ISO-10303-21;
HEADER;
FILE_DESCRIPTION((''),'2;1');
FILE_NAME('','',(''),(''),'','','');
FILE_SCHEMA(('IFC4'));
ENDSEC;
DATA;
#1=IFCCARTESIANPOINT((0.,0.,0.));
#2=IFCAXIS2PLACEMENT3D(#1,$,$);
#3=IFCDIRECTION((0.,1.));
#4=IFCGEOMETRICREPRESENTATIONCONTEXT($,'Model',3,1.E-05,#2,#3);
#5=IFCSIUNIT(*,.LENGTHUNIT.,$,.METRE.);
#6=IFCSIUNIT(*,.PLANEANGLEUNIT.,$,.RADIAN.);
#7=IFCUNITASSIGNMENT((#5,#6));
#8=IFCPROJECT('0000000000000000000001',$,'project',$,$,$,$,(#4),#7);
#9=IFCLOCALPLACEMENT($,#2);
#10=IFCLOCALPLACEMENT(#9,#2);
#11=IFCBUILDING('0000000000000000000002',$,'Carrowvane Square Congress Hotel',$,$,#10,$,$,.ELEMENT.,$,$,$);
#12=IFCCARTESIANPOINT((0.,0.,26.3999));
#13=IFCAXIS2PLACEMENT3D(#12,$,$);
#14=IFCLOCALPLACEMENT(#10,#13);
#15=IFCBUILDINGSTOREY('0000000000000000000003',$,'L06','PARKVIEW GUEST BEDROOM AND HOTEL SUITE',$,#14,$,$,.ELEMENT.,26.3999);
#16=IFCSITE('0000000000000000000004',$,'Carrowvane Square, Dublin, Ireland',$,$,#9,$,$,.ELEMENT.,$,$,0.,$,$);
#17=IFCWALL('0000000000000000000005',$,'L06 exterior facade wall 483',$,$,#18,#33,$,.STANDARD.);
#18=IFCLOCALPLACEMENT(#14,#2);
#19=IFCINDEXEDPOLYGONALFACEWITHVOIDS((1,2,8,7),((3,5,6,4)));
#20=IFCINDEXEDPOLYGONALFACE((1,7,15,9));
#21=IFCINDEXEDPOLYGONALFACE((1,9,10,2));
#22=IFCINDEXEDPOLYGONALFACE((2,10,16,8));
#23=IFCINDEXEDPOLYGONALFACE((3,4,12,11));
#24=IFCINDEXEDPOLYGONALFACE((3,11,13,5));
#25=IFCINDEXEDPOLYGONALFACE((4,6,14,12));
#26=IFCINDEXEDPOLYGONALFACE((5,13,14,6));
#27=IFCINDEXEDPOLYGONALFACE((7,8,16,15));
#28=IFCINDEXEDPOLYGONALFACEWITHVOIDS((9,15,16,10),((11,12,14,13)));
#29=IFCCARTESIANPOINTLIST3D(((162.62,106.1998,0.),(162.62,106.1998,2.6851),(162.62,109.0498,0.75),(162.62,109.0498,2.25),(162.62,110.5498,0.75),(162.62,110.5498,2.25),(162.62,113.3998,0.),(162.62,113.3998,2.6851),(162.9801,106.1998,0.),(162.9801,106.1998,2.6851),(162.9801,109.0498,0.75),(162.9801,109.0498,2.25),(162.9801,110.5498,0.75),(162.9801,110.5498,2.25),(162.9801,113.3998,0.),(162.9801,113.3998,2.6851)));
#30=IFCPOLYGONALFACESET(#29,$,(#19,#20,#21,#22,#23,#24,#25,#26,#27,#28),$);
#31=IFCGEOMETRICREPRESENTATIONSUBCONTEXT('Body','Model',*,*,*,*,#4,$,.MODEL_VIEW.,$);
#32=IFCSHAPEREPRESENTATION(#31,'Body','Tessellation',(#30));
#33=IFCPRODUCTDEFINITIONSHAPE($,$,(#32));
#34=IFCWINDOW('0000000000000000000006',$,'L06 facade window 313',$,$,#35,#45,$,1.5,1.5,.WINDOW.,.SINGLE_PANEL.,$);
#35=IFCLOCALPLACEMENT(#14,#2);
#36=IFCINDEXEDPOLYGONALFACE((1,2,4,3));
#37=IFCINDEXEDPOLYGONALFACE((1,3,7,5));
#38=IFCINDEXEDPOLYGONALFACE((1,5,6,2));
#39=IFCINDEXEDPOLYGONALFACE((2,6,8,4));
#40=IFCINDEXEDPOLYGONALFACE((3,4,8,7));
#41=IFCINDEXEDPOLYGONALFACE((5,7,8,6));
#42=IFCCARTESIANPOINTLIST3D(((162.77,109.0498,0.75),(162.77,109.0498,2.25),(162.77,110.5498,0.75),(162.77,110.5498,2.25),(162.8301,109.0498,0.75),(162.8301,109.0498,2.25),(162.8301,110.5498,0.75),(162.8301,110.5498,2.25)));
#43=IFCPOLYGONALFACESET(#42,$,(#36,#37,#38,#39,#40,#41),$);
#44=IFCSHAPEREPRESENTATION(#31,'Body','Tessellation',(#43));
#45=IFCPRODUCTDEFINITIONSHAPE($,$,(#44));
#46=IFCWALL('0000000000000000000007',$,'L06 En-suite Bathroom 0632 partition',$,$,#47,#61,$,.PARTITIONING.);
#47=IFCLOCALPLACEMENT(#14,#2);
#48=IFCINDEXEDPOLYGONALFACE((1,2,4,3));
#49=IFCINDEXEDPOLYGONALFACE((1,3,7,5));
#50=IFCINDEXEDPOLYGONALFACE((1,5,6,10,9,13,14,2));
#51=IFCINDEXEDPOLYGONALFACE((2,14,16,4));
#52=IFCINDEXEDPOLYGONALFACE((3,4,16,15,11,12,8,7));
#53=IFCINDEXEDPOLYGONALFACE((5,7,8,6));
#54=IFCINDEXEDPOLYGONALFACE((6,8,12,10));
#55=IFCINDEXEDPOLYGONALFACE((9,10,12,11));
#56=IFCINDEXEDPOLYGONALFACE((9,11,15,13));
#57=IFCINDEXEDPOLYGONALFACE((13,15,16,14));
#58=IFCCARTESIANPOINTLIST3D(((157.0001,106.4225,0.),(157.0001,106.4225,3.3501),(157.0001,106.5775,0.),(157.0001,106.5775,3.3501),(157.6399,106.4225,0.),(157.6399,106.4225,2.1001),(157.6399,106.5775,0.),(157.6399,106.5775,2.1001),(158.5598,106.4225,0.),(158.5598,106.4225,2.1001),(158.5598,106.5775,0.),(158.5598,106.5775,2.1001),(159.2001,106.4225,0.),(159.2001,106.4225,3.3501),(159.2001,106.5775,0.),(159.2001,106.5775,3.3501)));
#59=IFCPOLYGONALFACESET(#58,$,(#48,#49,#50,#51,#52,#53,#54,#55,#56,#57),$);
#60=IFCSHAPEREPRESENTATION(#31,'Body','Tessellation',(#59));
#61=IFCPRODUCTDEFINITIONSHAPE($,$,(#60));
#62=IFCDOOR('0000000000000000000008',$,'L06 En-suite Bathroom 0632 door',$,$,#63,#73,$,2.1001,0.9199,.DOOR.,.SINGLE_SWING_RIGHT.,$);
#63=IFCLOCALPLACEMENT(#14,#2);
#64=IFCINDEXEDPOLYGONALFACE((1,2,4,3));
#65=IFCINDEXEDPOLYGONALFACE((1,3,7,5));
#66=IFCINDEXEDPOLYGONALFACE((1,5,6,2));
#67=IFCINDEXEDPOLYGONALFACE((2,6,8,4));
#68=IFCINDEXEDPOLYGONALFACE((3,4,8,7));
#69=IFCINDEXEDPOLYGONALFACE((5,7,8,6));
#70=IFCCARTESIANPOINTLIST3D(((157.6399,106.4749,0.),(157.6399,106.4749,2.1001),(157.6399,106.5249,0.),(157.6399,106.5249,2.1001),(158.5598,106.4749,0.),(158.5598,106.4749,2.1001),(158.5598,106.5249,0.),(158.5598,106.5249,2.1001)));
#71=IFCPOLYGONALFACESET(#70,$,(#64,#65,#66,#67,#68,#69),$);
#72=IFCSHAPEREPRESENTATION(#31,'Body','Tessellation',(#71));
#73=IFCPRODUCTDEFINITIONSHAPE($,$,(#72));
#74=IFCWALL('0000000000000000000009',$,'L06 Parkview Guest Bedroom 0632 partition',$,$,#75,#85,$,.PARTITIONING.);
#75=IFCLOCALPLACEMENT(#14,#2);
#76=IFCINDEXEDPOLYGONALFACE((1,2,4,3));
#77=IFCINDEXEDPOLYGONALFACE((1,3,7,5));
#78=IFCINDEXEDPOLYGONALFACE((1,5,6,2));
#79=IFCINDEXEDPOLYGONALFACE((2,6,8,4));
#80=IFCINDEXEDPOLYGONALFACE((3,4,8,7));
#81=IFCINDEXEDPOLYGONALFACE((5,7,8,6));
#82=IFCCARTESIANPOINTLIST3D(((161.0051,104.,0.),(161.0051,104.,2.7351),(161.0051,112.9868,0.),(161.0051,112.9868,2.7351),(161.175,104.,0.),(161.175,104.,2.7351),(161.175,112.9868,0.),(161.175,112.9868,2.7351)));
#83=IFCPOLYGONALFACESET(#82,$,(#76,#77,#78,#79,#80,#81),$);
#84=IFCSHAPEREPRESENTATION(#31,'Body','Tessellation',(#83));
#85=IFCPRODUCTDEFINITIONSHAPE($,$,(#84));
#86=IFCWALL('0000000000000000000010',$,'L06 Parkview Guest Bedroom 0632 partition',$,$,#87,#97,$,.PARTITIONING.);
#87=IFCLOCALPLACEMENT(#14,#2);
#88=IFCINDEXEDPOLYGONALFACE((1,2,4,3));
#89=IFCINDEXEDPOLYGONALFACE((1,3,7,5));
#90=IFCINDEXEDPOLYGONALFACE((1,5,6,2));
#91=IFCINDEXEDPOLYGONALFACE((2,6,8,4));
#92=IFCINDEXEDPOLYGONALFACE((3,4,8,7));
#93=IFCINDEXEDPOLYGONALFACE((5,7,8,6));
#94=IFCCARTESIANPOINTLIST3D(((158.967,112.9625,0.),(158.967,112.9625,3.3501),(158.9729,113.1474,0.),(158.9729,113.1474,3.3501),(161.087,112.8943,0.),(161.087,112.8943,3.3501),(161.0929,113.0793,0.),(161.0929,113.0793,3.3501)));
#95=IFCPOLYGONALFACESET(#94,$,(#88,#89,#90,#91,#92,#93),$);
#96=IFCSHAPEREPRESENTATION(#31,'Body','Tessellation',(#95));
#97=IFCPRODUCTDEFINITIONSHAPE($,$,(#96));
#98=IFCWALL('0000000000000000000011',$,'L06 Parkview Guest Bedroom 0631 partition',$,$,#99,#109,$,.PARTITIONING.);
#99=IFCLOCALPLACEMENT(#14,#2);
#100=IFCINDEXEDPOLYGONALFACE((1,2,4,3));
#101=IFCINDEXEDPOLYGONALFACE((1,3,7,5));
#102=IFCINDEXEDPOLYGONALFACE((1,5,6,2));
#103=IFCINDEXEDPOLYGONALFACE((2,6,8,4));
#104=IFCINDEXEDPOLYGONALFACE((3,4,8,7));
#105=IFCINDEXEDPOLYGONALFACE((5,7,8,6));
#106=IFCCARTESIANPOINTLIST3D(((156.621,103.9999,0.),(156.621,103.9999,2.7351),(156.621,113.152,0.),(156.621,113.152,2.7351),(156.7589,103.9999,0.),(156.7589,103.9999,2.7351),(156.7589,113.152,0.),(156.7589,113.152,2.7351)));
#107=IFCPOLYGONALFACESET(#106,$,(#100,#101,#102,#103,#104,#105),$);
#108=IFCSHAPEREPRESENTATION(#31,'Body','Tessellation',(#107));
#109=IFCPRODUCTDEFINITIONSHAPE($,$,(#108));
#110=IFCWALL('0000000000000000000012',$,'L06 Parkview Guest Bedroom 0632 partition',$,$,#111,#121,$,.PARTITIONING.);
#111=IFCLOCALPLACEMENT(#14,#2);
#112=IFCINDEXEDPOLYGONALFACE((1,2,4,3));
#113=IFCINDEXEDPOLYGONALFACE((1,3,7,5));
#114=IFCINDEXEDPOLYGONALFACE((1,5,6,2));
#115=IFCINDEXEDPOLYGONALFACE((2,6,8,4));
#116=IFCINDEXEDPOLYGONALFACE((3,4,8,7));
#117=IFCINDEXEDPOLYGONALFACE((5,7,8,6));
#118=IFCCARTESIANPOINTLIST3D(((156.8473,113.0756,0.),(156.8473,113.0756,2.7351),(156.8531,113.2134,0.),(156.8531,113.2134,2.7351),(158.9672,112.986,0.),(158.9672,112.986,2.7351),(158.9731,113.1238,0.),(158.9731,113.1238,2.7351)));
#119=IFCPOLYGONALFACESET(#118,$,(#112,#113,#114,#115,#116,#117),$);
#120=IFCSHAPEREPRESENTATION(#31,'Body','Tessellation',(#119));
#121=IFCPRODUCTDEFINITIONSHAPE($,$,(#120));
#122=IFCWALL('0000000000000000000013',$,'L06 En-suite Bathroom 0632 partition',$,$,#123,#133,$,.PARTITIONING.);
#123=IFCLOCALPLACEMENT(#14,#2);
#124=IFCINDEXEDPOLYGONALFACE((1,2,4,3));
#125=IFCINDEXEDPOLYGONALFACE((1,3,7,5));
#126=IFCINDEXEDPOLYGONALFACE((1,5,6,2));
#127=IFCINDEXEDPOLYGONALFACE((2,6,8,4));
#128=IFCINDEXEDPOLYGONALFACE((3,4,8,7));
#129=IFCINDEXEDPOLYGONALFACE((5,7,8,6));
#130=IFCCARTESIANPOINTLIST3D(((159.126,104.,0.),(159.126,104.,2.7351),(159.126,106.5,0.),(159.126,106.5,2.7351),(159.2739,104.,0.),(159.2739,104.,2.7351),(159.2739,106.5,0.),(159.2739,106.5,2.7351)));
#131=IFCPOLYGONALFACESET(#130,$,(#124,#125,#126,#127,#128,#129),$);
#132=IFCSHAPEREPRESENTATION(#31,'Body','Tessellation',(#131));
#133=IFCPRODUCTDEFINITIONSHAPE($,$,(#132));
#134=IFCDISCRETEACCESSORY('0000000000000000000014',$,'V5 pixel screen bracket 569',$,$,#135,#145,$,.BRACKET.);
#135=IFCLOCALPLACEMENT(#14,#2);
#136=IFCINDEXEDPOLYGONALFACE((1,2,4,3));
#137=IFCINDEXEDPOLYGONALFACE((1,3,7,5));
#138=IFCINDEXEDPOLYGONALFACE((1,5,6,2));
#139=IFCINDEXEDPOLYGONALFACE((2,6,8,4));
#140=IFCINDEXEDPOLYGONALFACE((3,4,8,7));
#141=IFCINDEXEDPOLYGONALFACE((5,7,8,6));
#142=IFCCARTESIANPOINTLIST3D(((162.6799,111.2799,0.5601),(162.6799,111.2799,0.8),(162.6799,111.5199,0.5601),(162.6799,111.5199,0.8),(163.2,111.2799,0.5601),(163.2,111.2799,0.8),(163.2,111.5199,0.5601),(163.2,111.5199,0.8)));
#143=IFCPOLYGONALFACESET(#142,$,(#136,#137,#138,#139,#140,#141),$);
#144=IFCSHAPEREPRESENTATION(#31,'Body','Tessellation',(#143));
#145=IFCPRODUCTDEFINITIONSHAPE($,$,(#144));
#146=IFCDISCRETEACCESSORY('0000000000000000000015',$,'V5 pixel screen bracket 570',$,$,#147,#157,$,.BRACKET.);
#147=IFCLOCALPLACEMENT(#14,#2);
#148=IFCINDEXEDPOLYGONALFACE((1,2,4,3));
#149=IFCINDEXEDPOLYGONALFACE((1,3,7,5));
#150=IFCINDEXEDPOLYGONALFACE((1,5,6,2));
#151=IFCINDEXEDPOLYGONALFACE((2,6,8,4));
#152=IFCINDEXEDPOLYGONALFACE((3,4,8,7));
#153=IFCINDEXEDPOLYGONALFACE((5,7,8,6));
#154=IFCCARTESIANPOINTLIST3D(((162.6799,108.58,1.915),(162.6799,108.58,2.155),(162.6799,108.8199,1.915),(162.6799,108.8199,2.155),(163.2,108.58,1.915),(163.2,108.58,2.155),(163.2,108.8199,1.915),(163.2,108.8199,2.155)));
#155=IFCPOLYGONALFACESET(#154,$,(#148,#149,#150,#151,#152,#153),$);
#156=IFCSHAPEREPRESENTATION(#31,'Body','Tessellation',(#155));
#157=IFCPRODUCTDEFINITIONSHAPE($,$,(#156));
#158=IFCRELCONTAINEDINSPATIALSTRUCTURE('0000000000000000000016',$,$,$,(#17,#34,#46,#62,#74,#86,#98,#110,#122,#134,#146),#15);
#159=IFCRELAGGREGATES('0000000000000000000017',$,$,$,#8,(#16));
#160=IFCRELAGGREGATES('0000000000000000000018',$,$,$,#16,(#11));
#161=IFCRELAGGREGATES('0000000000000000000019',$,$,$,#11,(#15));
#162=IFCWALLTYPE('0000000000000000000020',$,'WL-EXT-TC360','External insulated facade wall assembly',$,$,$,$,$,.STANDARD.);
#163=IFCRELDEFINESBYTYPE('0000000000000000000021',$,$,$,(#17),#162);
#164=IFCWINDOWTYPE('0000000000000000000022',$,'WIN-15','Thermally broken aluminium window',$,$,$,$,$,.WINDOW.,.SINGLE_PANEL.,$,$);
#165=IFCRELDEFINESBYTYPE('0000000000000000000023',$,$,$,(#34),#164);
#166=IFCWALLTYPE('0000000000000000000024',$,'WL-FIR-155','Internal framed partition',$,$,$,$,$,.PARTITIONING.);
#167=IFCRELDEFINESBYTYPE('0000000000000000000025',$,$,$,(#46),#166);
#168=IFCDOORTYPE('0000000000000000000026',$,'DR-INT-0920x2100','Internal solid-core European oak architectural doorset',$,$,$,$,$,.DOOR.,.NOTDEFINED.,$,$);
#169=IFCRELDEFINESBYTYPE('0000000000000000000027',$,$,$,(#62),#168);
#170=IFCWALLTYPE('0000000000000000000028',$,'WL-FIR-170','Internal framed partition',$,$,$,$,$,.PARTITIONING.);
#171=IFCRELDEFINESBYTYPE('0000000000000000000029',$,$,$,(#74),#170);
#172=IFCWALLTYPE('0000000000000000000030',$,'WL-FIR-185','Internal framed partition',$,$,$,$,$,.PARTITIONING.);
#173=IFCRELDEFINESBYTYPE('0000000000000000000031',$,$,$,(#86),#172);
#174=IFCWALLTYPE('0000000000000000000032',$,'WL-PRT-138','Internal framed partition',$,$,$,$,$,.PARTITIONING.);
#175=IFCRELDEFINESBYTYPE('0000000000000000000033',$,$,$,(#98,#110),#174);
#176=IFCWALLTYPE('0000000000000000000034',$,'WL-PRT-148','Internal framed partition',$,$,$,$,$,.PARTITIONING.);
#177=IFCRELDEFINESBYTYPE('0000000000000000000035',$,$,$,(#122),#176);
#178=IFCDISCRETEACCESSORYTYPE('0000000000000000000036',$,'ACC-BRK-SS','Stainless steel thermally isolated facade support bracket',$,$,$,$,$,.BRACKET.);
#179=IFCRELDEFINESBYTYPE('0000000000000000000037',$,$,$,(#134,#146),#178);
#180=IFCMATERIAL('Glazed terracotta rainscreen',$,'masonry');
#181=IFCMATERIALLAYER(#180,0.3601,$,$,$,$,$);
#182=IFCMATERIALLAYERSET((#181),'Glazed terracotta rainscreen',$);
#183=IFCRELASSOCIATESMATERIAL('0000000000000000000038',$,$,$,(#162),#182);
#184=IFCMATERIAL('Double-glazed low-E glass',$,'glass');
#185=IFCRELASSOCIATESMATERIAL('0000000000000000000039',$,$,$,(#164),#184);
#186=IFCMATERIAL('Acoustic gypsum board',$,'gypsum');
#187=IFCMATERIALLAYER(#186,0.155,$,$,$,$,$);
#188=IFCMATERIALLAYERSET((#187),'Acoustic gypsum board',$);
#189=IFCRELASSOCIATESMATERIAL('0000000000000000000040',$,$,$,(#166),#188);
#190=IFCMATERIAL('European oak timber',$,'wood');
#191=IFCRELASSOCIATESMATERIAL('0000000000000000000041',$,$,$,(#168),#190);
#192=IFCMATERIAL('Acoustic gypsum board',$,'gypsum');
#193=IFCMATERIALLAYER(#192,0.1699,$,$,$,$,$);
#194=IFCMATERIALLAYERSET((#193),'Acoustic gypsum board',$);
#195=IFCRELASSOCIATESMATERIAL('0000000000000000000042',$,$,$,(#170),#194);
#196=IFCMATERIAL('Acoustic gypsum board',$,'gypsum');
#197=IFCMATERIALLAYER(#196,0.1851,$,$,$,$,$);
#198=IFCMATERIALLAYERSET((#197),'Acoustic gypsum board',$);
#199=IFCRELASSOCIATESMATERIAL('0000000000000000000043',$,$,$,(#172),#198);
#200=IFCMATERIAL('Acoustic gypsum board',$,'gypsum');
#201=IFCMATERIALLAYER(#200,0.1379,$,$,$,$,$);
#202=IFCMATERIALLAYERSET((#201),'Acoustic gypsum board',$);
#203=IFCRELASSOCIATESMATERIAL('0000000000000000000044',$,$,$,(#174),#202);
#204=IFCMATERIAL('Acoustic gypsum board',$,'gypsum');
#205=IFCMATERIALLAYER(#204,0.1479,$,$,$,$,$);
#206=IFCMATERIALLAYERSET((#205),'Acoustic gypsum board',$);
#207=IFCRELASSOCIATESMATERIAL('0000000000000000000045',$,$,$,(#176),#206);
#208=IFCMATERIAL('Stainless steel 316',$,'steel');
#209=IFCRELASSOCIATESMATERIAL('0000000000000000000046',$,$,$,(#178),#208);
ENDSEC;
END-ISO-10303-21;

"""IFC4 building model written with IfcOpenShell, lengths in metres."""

from ifc_helpers import new_model, si_unit, direction, frame, frame_2d, origin, origin_2d, place, context, subcontext, project, spatial, rectangle, extrude, material, layer, layer_set, type_object, element, fill, save


model = new_model("IFC4")

# Units and contexts
model_context = context("Model", 3, precision=1e-05, world=origin(), true_north=direction((0.0, 1.0)))
body_context = subcontext(model_context, "Body", "Model", "MODEL_VIEW")
ifc_project = project(units=[si_unit("LENGTHUNIT", "METRE"), si_unit("PLANEANGLEUNIT", "RADIAN")], contexts=[model_context])

# Site, building, storey
site_placement = place(None, origin())
site = spatial("IfcSite", under=ifc_project, at=site_placement, Name="Carrowvane Square, Dublin, Ireland", CompositionType="ELEMENT", RefElevation=0.0)
building_placement = place(site_placement, origin())
building = spatial("IfcBuilding", under=site, at=building_placement, Name="Carrowvane Square Congress Hotel", CompositionType="ELEMENT")
storey_placement = place(building_placement, frame((0.0, 0.0, 26.3999)))
storey = spatial("IfcBuildingStorey", under=building, at=storey_placement, Name="L06", Description="PARKVIEW GUEST BEDROOM AND HOTEL SUITE", CompositionType="ELEMENT", Elevation=26.3999)

# Shared definitions
ifc_material_1 = material(Name="Glazed terracotta rainscreen", Category="masonry")
ifc_layer_1 = layer(ifc_material_1, 0.3601)
ifc_layer_set_1 = layer_set([ifc_layer_1], Name="Glazed terracotta rainscreen")
wall_type_1 = type_object("IfcWallType", Name="WL-EXT-TC360", Description="External insulated facade wall assembly", PredefinedType="STANDARD", material=ifc_layer_set_1)

# Wall, opening, window
wall_1_placement = place(storey_placement, frame((162.8, 113.3999, 0.0), z_axis=(0.0, 0.0, 1.0), x_axis=(0.0, -1.0, 0.0)))
wall_1 = element("IfcWall", 1, at=wall_1_placement, inside=storey, type_object=wall_type_1, Name="L06 exterior facade wall 483", PredefinedType="STANDARD", context=body_context, shape_type="SweptSolid", body=[
    extrude(rectangle(XDim=7.2, YDim=0.3601, at=frame_2d((3.6001, 0.0))), origin(), (0.0, 0.0, 1.0), 2.6851),
])
opening_1_placement = place(wall_1_placement, frame((2.8501, 0.0, 0.75)))
opening_1 = element("IfcOpeningElement", 2, at=opening_1_placement, cuts=wall_1, PredefinedType="OPENING", context=body_context, shape_type="SweptSolid", body=[
    extrude(rectangle(XDim=1.5, YDim=1.5, at=frame_2d((0.75, 0.75))), frame((0.0, 0.1899, 0.0), z_axis=(0.0, -1.0, 0.0), x_axis=(1.0, 0.0, 0.0)), (0.0, 0.0, 1.0), 0.3801),
])
ifc_material_2 = material(Name="Double-glazed low-E glass", Category="glass")
window_type = type_object("IfcWindowType", Name="WIN-15", Description="Thermally broken aluminium window", PartitioningType="SINGLE_PANEL", PredefinedType="WINDOW", material=ifc_material_2)
window_placement = place(opening_1_placement, origin())
window = element("IfcWindow", 3, at=window_placement, inside=storey, type_object=window_type, Name="L06 facade window 313", OverallHeight=1.5, OverallWidth=1.5, PartitioningType="SINGLE_PANEL", PredefinedType="WINDOW", context=body_context, shape_type="SweptSolid", body=[
    extrude(rectangle(XDim=1.5, YDim=1.5, at=frame_2d((0.75, 0.75))), frame((0.0, 0.03, 0.0), z_axis=(0.0, -1.0, 0.0), x_axis=(1.0, 0.0, 0.0)), (0.0, 0.0, 1.0), 0.0601),
])
fill(opening_1, window)

# Wall, opening, door
ifc_material_3 = material(Name="Acoustic gypsum board", Category="gypsum")
ifc_layer_2 = layer(ifc_material_3, 0.155)
ifc_layer_set_2 = layer_set([ifc_layer_2], Name="Acoustic gypsum board")
wall_type_2 = type_object("IfcWallType", Name="WL-FIR-155", Description="Internal framed partition", PredefinedType="PARTITIONING", material=ifc_layer_set_2)
wall_2_placement = place(storey_placement, frame((157.0, 106.5, 0.0), z_axis=(0.0, 0.0, 1.0), x_axis=(1.0, 0.0, 0.0)))
wall_2 = element("IfcWall", 4, at=wall_2_placement, inside=storey, type_object=wall_type_2, Name="L06 En-suite Bathroom 0632 partition", PredefinedType="PARTITIONING", context=body_context, shape_type="SweptSolid", body=[
    extrude(rectangle(XDim=2.2, YDim=0.155, at=frame_2d((1.1001, 0.0))), origin(), (0.0, 0.0, 1.0), 3.3501),
])
opening_2_placement = place(wall_2_placement, frame((0.6399, 0.0, 0.0)))
opening_2 = element("IfcOpeningElement", 5, at=opening_2_placement, cuts=wall_2, PredefinedType="OPENING", context=body_context, shape_type="SweptSolid", body=[
    extrude(rectangle(XDim=0.9199, YDim=2.1001, at=frame_2d((0.46, 1.05))), frame((0.0, 0.0874, 0.0), z_axis=(0.0, -1.0, 0.0), x_axis=(1.0, 0.0, 0.0)), (0.0, 0.0, 1.0), 0.175),
])
ifc_material_4 = material(Name="European oak timber", Category="wood")
door_type = type_object("IfcDoorType", Name="DR-INT-0920x2100", Description="Internal solid-core European oak architectural doorset", OperationType="NOTDEFINED", PredefinedType="DOOR", material=ifc_material_4)
door_placement = place(opening_2_placement, origin())
door = element("IfcDoor", 6, at=door_placement, inside=storey, type_object=door_type, Name="L06 En-suite Bathroom 0632 door", OperationType="SINGLE_SWING_RIGHT", OverallHeight=2.1001, OverallWidth=0.9199, PredefinedType="DOOR", context=body_context, shape_type="SweptSolid", body=[
    extrude(rectangle(XDim=0.9199, YDim=2.1001, at=frame_2d((0.46, 1.05))), frame((0.0, 0.0249, 0.0), z_axis=(0.0, -1.0, 0.0), x_axis=(1.0, 0.0, 0.0)), (0.0, 0.0, 1.0), 0.05),
])
fill(opening_2, door)

# Walls
ifc_material_5 = material(Name="Acoustic gypsum board", Category="gypsum")
ifc_layer_3 = layer(ifc_material_5, 0.1699)
ifc_layer_set_3 = layer_set([ifc_layer_3], Name="Acoustic gypsum board")
wall_type_3 = type_object("IfcWallType", Name="WL-FIR-170", Description="Internal framed partition", PredefinedType="PARTITIONING", material=ifc_layer_set_3)
wall_3_placement = place(storey_placement, frame((161.0901, 112.9868, 0.0), z_axis=(0.0, 0.0, 1.0), x_axis=(0.0, -1.0, 0.0)))
element("IfcWall", 7, at=wall_3_placement, inside=storey, type_object=wall_type_3, Name="L06 Parkview Guest Bedroom 0632 partition", PredefinedType="PARTITIONING", context=body_context, shape_type="SweptSolid", body=[
    extrude(rectangle(XDim=8.9868, YDim=0.1699, at=frame_2d((4.4934, 0.0))), origin(), (0.0, 0.0, 1.0), 2.7351),
])
ifc_material_6 = material(Name="Acoustic gypsum board", Category="gypsum")
ifc_layer_4 = layer(ifc_material_6, 0.1851)
ifc_layer_set_4 = layer_set([ifc_layer_4], Name="Acoustic gypsum board")
wall_type_4 = type_object("IfcWallType", Name="WL-FIR-185", Description="Internal framed partition", PredefinedType="PARTITIONING", material=ifc_layer_set_4)
wall_4_placement = place(storey_placement, frame((158.97, 113.0549, 0.0), z_axis=(0.0, 0.0, 1.0), x_axis=(0.999484, -0.032111, 0.0)))
element("IfcWall", 8, at=wall_4_placement, inside=storey, type_object=wall_type_4, Name="L06 Parkview Guest Bedroom 0632 partition", PredefinedType="PARTITIONING", context=body_context, shape_type="SweptSolid", body=[
    extrude(rectangle(XDim=2.1211, YDim=0.1851, at=frame_2d((1.0605, 0.0))), origin(), (0.0, 0.0, 1.0), 3.3501),
])
ifc_material_7 = material(Name="Acoustic gypsum board", Category="gypsum")
ifc_layer_5 = layer(ifc_material_7, 0.1379)
ifc_layer_set_5 = layer_set([ifc_layer_5], Name="Acoustic gypsum board")
wall_type_5 = type_object("IfcWallType", Name="WL-PRT-138", Description="Internal framed partition", PredefinedType="PARTITIONING", material=ifc_layer_set_5)
wall_5_placement = place(storey_placement, frame((156.6899, 113.1521, 0.0), z_axis=(0.0, 0.0, 1.0), x_axis=(0.0, -1.0, 0.0)))
element("IfcWall", 9, at=wall_5_placement, inside=storey, type_object=wall_type_5, Name="L06 Parkview Guest Bedroom 0631 partition", PredefinedType="PARTITIONING", context=body_context, shape_type="SweptSolid", body=[
    extrude(rectangle(XDim=9.1521, YDim=0.1379, at=frame_2d((4.5762, 0.0))), origin(), (0.0, 0.0, 1.0), 2.7351),
])
wall_6_placement = place(storey_placement, frame((156.8501, 113.1445, 0.0), z_axis=(0.0, 0.0, 1.0), x_axis=(0.999108, -0.042229, 0.0)))
element("IfcWall", 10, at=wall_6_placement, inside=storey, type_object=wall_type_5, Name="L06 Parkview Guest Bedroom 0632 partition", PredefinedType="PARTITIONING", context=body_context, shape_type="SweptSolid", body=[
    extrude(rectangle(XDim=2.1218, YDim=0.1379, at=frame_2d((1.061, 0.0))), origin(), (0.0, 0.0, 1.0), 2.7351),
])
ifc_material_8 = material(Name="Acoustic gypsum board", Category="gypsum")
ifc_layer_6 = layer(ifc_material_8, 0.1479)
ifc_layer_set_6 = layer_set([ifc_layer_6], Name="Acoustic gypsum board")
wall_type_6 = type_object("IfcWallType", Name="WL-PRT-148", Description="Internal framed partition", PredefinedType="PARTITIONING", material=ifc_layer_set_6)
wall_7_placement = place(storey_placement, frame((159.2, 106.5, 0.0), z_axis=(0.0, 0.0, 1.0), x_axis=(0.0, -1.0, 0.0)))
element("IfcWall", 11, at=wall_7_placement, inside=storey, type_object=wall_type_6, Name="L06 En-suite Bathroom 0632 partition", PredefinedType="PARTITIONING", context=body_context, shape_type="SweptSolid", body=[
    extrude(rectangle(XDim=2.5, YDim=0.1479, at=frame_2d((1.25, 0.0))), origin(), (0.0, 0.0, 1.0), 2.7351),
])

# Discrete accessories
ifc_material_9 = material(Name="Stainless steel 316", Category="steel")
discrete_accessory_type = type_object("IfcDiscreteAccessoryType", Name="ACC-BRK-SS", Description="Stainless steel thermally isolated facade support bracket", PredefinedType="BRACKET", material=ifc_material_9)
for number, where, z_axis, x_axis, name in (
    (12, (162.9399, 111.3999, 0.5601), (0.0, 0.0, 1.0), (0.0, -1.0, 0.0), "V5 pixel screen bracket 569"),
    (13, (162.9399, 108.7, 1.915), (0.0, 0.0, 1.0), (0.0, -1.0, 0.0), "V5 pixel screen bracket 570"),
):
    element("IfcDiscreteAccessory", number, at=place(storey_placement, frame(where, z_axis=z_axis, x_axis=x_axis)), inside=storey, type_object=discrete_accessory_type, Name=name, PredefinedType="BRACKET", context=body_context, shape_type="SweptSolid", body=[
        extrude(rectangle(XDim=0.24, YDim=0.52, at=origin_2d()), origin(), (0.0, 0.0, 1.0), 0.24),
    ])

save(model, "model.ifc")
